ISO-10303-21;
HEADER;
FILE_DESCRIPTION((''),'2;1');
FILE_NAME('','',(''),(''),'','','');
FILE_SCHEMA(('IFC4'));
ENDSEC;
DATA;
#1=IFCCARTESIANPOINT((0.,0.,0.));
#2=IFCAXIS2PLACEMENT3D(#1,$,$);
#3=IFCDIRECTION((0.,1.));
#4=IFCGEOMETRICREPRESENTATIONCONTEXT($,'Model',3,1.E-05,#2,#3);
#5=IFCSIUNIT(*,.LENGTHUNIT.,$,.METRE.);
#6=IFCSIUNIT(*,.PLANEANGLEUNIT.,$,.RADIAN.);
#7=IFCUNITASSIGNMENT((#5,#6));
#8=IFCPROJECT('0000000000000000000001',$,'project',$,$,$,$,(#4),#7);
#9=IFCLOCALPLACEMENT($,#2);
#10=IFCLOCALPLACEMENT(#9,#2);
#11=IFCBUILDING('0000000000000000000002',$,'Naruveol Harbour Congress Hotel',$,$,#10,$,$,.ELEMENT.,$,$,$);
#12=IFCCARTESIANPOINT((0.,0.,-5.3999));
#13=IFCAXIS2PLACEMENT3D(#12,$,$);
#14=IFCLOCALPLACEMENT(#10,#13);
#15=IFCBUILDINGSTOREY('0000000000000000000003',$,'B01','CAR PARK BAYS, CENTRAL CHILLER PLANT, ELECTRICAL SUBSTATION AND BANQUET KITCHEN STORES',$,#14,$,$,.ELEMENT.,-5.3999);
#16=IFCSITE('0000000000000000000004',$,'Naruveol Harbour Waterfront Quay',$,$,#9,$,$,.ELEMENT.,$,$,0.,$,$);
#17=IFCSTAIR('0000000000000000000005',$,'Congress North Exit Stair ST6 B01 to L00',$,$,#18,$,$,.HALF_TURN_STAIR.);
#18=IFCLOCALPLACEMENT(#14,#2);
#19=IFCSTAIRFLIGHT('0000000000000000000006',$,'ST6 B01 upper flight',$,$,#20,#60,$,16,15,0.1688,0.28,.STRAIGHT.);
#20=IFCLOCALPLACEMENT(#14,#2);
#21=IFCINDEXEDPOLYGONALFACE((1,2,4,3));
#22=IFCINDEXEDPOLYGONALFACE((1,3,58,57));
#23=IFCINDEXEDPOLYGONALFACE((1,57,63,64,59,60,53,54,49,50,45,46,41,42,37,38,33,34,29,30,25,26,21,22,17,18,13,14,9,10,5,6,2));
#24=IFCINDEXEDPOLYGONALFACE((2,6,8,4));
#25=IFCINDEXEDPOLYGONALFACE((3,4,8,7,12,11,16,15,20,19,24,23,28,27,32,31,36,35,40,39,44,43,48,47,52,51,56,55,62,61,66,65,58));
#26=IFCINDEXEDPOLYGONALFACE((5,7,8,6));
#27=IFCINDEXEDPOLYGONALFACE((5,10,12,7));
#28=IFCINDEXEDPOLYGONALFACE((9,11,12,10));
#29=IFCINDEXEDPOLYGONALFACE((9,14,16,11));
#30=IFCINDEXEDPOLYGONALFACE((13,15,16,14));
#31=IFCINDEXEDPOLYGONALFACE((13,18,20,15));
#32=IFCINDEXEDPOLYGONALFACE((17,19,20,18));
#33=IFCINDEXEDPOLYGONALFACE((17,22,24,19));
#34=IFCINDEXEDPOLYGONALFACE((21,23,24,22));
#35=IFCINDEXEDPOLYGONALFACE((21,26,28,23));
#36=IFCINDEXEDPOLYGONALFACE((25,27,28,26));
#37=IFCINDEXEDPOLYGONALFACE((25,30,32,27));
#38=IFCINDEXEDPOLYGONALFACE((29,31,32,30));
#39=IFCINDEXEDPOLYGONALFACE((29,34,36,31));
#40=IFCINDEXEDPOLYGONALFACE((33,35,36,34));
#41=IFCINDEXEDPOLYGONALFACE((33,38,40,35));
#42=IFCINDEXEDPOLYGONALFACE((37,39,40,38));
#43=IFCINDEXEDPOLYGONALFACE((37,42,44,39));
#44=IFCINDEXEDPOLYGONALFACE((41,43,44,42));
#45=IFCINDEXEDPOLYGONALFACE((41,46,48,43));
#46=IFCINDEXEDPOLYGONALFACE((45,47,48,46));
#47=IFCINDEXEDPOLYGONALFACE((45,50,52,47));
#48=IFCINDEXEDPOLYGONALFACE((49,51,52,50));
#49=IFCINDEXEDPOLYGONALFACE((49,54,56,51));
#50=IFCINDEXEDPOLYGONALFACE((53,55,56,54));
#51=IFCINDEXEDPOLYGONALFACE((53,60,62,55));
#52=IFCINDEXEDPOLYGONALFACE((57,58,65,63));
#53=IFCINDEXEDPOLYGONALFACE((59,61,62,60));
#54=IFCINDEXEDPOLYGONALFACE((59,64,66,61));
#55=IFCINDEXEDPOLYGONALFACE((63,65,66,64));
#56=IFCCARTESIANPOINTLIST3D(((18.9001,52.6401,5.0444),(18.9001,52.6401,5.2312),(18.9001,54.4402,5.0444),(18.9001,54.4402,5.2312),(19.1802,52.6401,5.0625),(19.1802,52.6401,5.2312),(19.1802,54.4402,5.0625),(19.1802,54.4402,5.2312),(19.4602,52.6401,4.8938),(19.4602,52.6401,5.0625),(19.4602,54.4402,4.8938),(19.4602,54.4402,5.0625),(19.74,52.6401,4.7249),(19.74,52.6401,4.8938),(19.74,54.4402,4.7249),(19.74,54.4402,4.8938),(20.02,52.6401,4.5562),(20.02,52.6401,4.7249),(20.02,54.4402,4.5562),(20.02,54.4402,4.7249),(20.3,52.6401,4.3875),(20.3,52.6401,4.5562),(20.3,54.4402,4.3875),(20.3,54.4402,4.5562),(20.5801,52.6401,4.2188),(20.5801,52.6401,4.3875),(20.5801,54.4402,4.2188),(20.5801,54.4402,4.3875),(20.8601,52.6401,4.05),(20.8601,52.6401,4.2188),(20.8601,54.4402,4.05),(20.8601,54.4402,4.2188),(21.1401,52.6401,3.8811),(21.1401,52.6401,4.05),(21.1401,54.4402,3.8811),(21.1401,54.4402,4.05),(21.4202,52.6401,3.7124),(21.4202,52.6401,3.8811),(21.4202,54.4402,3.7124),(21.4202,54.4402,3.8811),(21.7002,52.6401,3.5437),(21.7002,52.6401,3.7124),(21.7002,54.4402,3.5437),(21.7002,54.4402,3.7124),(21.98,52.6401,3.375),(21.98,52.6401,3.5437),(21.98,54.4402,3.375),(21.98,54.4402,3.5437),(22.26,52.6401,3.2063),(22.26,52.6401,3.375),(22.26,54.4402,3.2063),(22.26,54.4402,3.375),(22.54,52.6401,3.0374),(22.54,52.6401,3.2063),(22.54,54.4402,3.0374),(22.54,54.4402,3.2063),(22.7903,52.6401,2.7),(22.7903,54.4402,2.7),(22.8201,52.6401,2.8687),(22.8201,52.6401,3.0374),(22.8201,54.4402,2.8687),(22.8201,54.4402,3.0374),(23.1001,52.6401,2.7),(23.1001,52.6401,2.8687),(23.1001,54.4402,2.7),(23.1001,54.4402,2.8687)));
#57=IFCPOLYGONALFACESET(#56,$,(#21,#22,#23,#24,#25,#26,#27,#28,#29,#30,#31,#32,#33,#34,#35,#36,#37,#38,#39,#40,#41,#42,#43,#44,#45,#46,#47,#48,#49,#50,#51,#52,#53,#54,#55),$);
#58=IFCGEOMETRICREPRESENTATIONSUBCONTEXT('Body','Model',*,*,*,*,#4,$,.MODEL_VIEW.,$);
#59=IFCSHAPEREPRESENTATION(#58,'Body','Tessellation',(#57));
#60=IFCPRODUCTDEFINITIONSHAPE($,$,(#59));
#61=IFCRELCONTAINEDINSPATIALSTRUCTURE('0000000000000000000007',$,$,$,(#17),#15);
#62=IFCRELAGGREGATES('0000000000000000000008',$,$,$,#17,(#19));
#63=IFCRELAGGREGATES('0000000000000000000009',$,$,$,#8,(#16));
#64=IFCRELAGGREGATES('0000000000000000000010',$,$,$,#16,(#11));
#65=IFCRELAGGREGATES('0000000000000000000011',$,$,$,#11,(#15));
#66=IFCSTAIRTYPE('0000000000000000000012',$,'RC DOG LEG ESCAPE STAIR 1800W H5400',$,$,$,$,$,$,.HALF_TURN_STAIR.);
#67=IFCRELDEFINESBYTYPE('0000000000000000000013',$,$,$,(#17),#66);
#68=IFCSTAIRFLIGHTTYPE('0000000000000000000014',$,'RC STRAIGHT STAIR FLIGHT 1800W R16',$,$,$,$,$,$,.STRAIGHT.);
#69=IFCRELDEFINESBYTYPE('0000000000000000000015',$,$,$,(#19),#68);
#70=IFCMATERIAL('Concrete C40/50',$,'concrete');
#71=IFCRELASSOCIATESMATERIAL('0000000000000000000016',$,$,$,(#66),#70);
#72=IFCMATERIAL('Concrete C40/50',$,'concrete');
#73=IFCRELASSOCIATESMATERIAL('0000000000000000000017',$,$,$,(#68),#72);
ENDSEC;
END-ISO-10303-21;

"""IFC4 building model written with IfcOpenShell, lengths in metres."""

from ifc_helpers import new_model, si_unit, direction, frame, origin, place, context, subcontext, project, spatial, polyline, outline, extrude, material, type_object, element, aggregate, save


model = new_model("IFC4")

# Units and contexts
model_context = context("Model", 3, precision=1e-05, world=origin(), true_north=direction((0.0, 1.0)))
body_context = subcontext(model_context, "Body", "Model", "MODEL_VIEW")
ifc_project = project(units=[si_unit("LENGTHUNIT", "METRE"), si_unit("PLANEANGLEUNIT", "RADIAN")], contexts=[model_context])

# Site, building, storey
site_placement = place(None, origin())
site = spatial("IfcSite", under=ifc_project, at=site_placement, Name="Naruveol Harbour Waterfront Quay", CompositionType="ELEMENT", RefElevation=0.0)
building_placement = place(site_placement, origin())
building = spatial("IfcBuilding", under=site, at=building_placement, Name="Naruveol Harbour Congress Hotel", CompositionType="ELEMENT")
storey_placement = place(building_placement, frame((0.0, 0.0, -5.3999)))
storey = spatial("IfcBuildingStorey", under=building, at=storey_placement, Name="B01", Description="CAR PARK BAYS, CENTRAL CHILLER PLANT, ELECTRICAL SUBSTATION AND BANQUET KITCHEN STORES", CompositionType="ELEMENT", Elevation=-5.3999)

# Stair, stair flight
ifc_material_1 = material(Name="Concrete C40/50", Category="concrete")
stair_type = type_object("IfcStairType", Name="RC DOG LEG ESCAPE STAIR 1800W H5400", PredefinedType="HALF_TURN_STAIR", material=ifc_material_1)
stair_placement = place(storey_placement, origin())
stair = element("IfcStair", 1, at=stair_placement, inside=storey, type_object=stair_type, Name="Congress North Exit Stair ST6 B01 to L00", PredefinedType="HALF_TURN_STAIR")
ifc_material_2 = material(Name="Concrete C40/50", Category="concrete")
stair_flight_type = type_object("IfcStairFlightType", Name="RC STRAIGHT STAIR FLIGHT 1800W R16", PredefinedType="STRAIGHT", material=ifc_material_2)
stair_flight_1_placement = place(storey_placement, frame((23.1001, 53.54, 2.7), z_axis=(0.0, 0.0, 1.0), x_axis=(-1.0, 0.0, 0.0)))
stair_flight_1 = element("IfcStairFlight", 2, at=stair_flight_1_placement, type_object=stair_flight_type, Name="ST6 B01 upper flight", NumberOfRisers=16, NumberOfTreads=15, PredefinedType="STRAIGHT", RiserHeight=0.1688, TreadLength=0.28, context=body_context, shape_type="SweptSolid", body=[
    extrude(outline(polyline([(0.0, 0.0), (0.0, 0.1687), (0.28, 0.1687), (0.28, 0.3374), (0.5601, 0.3374), (0.5601, 0.5063), (0.8401, 0.5063), (0.8401, 0.675), (1.1201, 0.675), (1.1201, 0.8438), (1.3999, 0.8438), (1.3999, 1.0125), (1.6799, 1.0125), (1.6799, 1.1812), (1.96, 1.1812), (1.96, 1.3501), (2.24, 1.3501), (2.24, 1.5188), (2.52, 1.5188), (2.52, 1.6875), (2.8, 1.6875), (2.8, 1.8562), (3.0801, 1.8562), (3.0801, 2.0249), (3.3601, 2.0249), (3.3601, 2.1938), (3.6399, 2.1938), (3.6399, 2.3625), (3.9199, 2.3625), (3.9199, 2.5312), (4.2, 2.5312), (4.2, 2.7), (4.2, 2.3445), (0.3098, 0.0), (0.0, 0.0)])), frame((0.0, 0.8999, 0.0), z_axis=(0.0, -1.0, 0.0), x_axis=(1.0, 0.0, 0.0)), (0.0, 0.0, 1.0), 1.8),
])
aggregate(stair, [stair_flight_1])

save(model, "model.ifc")
